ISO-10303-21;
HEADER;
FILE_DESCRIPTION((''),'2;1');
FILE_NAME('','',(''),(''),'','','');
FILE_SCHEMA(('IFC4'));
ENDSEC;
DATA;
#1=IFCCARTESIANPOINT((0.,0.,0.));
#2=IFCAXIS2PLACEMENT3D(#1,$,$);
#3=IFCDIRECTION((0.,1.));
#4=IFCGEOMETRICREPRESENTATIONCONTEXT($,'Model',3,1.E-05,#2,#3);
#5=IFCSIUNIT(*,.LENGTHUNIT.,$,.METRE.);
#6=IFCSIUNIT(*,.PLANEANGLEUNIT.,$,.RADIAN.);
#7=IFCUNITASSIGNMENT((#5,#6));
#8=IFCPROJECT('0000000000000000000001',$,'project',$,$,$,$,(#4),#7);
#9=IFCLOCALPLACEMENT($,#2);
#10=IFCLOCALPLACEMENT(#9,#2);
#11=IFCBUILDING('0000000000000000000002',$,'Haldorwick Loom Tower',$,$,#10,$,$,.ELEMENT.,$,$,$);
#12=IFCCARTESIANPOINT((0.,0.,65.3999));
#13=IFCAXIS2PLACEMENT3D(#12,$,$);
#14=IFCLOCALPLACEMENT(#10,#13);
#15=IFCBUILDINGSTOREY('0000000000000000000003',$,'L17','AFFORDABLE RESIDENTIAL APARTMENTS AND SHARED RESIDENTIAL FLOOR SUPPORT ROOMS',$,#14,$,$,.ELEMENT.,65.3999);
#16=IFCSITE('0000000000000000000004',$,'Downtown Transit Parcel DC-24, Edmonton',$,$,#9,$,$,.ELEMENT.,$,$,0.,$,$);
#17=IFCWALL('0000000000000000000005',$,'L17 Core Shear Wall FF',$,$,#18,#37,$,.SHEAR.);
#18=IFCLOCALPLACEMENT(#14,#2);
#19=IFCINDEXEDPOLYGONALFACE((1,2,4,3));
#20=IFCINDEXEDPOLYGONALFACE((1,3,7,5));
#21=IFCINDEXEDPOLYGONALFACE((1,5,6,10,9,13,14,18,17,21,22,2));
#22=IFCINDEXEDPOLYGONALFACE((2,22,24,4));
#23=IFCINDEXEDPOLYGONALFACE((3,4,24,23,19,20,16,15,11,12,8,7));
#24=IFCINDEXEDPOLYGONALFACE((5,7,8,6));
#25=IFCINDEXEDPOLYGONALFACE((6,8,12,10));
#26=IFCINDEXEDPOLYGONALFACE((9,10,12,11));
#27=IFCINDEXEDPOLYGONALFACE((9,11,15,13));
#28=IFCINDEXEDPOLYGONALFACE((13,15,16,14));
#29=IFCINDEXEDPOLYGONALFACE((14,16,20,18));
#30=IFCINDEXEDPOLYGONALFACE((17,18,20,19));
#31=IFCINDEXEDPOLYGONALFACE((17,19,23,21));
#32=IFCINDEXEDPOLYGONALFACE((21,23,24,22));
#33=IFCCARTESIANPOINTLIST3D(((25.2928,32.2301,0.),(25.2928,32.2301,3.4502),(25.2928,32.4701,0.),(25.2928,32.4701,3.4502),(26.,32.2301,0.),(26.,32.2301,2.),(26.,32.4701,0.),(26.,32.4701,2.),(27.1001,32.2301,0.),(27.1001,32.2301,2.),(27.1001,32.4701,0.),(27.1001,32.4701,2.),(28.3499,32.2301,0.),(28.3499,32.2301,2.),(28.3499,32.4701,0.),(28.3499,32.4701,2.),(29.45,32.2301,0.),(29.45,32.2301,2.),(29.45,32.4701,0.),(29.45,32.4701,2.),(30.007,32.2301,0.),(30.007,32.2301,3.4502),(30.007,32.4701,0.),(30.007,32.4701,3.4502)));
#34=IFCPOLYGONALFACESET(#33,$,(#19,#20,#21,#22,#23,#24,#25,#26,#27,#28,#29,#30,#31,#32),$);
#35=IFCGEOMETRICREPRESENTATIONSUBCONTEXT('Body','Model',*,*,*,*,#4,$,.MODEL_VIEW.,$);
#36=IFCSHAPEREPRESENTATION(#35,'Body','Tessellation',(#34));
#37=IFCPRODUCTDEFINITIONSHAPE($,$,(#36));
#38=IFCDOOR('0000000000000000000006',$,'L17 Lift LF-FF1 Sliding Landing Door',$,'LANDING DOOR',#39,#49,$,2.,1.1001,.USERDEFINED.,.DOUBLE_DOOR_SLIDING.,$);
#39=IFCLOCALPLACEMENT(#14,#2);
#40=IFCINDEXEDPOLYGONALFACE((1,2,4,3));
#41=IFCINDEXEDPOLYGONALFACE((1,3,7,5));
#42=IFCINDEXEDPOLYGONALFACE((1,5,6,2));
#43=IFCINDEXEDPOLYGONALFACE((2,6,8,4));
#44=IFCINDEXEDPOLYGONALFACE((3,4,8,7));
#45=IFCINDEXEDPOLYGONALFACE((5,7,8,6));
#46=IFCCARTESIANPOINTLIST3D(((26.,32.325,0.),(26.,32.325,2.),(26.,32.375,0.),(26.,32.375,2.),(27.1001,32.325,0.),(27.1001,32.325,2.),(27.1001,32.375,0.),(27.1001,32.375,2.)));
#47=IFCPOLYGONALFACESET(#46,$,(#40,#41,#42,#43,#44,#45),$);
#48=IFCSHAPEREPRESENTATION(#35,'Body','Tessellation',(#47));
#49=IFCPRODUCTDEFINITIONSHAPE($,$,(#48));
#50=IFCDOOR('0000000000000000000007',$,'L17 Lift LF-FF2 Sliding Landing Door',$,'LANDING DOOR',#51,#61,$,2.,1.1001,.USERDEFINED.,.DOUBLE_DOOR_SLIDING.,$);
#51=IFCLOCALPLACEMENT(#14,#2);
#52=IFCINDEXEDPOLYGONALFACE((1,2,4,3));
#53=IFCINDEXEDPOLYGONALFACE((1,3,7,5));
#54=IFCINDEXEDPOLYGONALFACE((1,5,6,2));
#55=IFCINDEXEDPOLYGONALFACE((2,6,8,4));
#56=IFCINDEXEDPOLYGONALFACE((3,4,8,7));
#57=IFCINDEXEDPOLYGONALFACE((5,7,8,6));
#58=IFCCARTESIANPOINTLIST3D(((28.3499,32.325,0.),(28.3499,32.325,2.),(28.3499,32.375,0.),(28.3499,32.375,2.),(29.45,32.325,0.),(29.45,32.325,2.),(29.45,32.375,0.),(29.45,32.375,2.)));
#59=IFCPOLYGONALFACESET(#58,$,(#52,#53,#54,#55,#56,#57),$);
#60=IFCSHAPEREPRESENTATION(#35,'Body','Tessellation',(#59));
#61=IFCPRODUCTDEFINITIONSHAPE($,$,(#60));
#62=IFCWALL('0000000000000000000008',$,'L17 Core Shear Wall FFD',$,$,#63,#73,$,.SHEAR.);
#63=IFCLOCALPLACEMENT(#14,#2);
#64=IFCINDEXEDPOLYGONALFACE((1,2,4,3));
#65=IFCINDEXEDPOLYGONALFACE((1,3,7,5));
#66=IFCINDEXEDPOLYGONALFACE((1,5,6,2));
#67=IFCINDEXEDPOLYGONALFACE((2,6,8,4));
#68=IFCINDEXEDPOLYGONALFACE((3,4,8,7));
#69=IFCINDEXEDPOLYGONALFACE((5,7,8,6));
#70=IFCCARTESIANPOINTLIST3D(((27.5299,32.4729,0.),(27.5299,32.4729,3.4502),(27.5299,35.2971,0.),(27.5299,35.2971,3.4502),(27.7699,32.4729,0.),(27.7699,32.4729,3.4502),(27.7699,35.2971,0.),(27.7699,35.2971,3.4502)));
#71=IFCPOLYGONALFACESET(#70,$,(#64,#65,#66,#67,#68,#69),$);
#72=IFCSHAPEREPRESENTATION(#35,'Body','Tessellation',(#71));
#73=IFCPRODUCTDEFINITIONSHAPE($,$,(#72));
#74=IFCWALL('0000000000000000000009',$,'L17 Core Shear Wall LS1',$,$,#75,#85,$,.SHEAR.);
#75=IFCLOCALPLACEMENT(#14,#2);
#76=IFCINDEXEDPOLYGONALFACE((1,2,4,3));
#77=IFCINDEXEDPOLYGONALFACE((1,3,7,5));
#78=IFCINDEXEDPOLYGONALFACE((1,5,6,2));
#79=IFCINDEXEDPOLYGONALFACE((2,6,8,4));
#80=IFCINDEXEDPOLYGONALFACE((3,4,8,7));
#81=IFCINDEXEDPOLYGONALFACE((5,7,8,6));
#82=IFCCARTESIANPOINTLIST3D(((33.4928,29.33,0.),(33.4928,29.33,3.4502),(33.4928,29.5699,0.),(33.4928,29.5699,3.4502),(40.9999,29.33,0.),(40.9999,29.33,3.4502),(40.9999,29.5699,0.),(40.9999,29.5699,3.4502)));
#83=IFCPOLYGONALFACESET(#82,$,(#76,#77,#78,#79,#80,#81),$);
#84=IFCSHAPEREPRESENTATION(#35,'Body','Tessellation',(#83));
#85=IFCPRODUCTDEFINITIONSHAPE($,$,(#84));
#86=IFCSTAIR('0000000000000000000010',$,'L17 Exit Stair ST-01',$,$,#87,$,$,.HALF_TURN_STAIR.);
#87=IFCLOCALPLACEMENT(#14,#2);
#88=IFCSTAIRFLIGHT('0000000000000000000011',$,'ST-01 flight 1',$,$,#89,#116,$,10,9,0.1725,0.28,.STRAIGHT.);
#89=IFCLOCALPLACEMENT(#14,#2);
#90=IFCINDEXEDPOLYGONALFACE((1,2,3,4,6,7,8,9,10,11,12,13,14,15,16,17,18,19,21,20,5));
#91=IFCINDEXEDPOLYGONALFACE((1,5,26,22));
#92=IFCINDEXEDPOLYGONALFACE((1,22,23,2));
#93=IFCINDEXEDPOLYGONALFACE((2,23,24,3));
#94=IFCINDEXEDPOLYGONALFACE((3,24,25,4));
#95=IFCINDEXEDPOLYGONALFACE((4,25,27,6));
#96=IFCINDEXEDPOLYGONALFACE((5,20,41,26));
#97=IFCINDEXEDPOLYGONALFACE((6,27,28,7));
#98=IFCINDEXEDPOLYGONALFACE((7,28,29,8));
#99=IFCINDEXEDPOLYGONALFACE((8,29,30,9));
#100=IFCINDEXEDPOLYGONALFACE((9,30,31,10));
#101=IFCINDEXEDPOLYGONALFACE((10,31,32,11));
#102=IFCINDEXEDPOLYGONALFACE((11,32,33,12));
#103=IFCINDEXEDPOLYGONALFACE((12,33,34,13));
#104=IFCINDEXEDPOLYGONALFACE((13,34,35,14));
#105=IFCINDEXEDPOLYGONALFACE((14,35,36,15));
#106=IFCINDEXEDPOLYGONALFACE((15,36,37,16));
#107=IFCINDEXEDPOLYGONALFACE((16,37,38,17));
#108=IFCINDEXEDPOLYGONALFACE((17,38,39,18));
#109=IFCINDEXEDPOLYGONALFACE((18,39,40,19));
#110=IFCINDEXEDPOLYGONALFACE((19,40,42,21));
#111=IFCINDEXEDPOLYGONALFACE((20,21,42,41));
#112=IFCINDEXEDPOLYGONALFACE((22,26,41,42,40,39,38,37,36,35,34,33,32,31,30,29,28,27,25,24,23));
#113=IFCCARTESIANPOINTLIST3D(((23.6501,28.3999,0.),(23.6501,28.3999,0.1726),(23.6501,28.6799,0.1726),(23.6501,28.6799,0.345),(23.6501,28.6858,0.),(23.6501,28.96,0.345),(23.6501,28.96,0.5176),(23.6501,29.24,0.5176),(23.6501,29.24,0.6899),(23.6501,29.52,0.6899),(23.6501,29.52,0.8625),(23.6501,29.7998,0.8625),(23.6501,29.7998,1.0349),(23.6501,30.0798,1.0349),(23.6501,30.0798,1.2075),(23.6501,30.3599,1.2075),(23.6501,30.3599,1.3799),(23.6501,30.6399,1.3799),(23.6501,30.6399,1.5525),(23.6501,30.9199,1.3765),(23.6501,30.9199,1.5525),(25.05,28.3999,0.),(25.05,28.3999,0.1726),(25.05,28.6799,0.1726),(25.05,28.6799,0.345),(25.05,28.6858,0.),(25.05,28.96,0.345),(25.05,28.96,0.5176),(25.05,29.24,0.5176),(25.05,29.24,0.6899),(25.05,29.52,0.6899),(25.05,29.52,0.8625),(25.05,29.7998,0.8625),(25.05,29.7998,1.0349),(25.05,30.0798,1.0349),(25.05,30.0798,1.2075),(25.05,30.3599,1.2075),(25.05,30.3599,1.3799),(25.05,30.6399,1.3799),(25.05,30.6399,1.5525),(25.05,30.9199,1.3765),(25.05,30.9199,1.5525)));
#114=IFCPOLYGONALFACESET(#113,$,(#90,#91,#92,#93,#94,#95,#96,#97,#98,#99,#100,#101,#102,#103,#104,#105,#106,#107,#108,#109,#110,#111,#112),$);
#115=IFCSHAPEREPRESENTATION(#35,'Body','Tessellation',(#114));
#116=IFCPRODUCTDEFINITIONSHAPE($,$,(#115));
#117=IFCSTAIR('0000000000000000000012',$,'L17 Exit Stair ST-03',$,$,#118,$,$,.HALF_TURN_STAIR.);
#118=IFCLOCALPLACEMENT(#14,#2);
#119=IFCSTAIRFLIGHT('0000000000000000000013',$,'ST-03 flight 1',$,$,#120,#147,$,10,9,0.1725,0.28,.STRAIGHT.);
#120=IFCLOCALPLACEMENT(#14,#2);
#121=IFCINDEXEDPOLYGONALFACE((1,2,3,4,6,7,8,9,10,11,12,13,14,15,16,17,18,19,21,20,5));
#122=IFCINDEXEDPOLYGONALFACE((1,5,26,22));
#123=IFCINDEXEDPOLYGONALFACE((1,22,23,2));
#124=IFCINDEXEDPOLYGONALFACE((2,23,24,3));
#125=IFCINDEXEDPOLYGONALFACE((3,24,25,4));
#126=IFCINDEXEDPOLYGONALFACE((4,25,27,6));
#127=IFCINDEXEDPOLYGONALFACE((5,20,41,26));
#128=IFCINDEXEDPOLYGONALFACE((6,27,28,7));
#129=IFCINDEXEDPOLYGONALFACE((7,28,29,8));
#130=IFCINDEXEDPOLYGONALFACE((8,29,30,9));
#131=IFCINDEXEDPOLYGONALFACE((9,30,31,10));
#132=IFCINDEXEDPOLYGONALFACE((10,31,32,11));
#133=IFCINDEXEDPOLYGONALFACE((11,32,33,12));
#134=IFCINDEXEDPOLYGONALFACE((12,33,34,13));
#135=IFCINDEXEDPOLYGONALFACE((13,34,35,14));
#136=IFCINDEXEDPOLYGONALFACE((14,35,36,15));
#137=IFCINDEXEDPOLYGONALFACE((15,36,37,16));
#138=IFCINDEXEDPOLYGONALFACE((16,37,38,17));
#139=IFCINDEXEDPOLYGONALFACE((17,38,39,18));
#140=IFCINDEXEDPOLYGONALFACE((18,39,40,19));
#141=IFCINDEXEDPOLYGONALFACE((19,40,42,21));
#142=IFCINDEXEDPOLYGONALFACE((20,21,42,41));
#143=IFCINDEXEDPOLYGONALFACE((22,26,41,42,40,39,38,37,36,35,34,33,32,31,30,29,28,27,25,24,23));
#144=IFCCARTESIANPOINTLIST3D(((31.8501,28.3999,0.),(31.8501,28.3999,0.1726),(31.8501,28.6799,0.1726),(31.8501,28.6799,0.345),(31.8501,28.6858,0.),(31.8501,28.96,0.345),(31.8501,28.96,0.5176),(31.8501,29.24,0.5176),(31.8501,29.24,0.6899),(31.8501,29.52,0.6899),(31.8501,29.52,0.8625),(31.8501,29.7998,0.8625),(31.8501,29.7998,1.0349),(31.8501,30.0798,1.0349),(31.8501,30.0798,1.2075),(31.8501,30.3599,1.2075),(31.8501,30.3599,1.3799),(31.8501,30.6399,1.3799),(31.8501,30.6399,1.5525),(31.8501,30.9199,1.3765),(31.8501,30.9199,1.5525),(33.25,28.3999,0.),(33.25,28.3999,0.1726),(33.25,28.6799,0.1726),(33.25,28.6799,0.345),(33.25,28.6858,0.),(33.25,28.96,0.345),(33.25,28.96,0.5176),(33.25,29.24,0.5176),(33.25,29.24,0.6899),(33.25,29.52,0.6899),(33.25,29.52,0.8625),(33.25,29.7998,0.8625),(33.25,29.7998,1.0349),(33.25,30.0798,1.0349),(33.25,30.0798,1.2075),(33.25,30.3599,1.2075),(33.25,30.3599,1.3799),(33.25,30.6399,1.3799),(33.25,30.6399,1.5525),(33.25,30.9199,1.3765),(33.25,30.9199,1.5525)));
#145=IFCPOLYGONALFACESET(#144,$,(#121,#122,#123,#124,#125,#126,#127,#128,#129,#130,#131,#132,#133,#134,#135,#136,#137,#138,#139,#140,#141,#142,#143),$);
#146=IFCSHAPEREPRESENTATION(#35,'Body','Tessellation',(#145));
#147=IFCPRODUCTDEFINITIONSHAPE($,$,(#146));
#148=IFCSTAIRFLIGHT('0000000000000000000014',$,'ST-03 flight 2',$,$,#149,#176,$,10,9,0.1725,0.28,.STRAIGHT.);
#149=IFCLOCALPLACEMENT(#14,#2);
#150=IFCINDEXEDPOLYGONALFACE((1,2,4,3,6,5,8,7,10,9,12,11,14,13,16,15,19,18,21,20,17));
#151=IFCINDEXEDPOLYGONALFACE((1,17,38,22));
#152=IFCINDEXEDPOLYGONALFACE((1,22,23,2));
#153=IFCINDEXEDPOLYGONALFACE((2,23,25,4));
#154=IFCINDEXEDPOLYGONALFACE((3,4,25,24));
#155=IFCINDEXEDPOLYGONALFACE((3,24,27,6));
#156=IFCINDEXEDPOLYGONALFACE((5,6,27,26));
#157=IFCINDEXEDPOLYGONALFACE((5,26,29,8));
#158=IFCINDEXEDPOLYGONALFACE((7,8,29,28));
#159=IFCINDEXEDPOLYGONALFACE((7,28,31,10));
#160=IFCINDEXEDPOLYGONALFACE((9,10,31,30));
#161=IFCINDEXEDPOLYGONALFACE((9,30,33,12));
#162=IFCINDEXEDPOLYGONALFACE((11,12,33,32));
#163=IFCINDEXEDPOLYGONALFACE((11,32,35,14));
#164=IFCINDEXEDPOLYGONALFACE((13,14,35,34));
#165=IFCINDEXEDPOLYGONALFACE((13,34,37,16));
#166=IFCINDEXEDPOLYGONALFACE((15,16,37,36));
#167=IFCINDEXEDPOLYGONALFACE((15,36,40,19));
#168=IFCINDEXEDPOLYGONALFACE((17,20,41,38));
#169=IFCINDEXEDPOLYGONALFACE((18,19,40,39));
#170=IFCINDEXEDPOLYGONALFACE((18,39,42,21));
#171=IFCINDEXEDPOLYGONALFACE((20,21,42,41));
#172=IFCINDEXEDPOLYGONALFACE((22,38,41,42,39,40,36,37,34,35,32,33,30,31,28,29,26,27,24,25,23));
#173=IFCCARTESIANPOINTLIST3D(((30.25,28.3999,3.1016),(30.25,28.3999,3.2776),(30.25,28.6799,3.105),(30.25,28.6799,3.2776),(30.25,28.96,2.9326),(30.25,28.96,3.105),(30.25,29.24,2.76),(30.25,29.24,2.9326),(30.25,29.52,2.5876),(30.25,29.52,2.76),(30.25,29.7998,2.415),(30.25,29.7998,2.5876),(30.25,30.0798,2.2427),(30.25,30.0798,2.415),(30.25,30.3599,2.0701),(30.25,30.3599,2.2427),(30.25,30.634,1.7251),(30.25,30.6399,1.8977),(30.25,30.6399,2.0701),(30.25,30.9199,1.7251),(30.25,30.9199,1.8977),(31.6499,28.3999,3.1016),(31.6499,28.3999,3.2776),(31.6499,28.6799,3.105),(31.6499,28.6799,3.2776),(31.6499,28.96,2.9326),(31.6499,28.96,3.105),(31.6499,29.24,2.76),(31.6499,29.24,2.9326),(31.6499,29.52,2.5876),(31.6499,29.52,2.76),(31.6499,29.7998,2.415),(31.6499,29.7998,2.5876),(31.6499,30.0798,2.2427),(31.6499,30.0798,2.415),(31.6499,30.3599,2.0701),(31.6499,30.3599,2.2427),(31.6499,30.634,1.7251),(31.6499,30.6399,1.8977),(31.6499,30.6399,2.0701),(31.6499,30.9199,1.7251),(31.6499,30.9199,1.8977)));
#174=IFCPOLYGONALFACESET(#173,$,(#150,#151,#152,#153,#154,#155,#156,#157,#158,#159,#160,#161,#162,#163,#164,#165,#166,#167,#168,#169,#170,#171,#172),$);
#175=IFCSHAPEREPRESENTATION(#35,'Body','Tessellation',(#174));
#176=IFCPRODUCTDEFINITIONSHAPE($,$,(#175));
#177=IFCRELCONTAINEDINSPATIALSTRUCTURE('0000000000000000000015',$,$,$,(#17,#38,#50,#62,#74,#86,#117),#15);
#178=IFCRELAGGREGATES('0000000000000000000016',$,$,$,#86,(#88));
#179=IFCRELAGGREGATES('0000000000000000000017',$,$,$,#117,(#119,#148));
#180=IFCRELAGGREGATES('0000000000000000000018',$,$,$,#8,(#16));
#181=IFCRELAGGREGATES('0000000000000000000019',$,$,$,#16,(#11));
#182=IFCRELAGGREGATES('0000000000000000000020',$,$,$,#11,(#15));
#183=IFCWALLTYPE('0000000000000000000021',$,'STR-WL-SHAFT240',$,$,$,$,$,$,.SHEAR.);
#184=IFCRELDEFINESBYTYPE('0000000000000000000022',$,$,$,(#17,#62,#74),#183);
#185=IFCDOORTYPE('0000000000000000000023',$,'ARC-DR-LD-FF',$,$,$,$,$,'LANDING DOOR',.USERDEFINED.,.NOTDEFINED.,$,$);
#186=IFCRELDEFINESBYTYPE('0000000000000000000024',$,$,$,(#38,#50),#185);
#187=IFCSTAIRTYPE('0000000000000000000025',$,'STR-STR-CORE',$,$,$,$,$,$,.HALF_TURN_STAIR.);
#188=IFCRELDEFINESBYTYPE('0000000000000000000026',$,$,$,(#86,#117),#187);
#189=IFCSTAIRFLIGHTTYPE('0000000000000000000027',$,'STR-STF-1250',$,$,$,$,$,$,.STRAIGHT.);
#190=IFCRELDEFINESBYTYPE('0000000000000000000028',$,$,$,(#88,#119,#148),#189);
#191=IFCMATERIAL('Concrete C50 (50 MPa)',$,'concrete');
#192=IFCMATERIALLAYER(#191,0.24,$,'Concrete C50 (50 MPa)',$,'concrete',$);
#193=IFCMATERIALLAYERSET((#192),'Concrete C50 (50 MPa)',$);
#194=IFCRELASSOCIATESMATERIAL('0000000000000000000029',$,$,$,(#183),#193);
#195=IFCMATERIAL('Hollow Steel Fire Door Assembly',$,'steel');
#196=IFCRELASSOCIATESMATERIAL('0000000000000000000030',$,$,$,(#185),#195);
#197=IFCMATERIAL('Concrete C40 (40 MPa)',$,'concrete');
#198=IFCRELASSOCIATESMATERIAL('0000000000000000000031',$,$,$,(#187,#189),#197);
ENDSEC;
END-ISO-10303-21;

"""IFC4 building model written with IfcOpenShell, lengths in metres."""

from ifc_helpers import new_model, si_unit, direction, frame, frame_2d, origin, place, context, subcontext, project, spatial, polyline, rectangle, outline, extrude, material, layer, layer_set, type_object, element, fill, aggregate, save


model = new_model("IFC4")

# Units and contexts
model_context = context("Model", 3, precision=1e-05, world=origin(), true_north=direction((0.0, 1.0)))
body_context = subcontext(model_context, "Body", "Model", "MODEL_VIEW")
ifc_project = project(units=[si_unit("LENGTHUNIT", "METRE"), si_unit("PLANEANGLEUNIT", "RADIAN")], contexts=[model_context])

# Site, building, storey
site_placement = place(None, origin())
site = spatial("IfcSite", under=ifc_project, at=site_placement, Name="Downtown Transit Parcel DC-24, Edmonton", CompositionType="ELEMENT", RefElevation=0.0)
building_placement = place(site_placement, origin())
building = spatial("IfcBuilding", under=site, at=building_placement, Name="Haldorwick Loom Tower", CompositionType="ELEMENT")
storey_placement = place(building_placement, frame((0.0, 0.0, 65.3999)))
storey = spatial("IfcBuildingStorey", under=building, at=storey_placement, Name="L17", Description="AFFORDABLE RESIDENTIAL APARTMENTS AND SHARED RESIDENTIAL FLOOR SUPPORT ROOMS", CompositionType="ELEMENT", Elevation=65.3999)

# Shared definitions
ifc_material_1 = material(Name="Concrete C50 (50 MPa)", Category="concrete")
ifc_layer = layer(ifc_material_1, 0.24, Name="Concrete C50 (50 MPa)", Category="concrete")
ifc_layer_set = layer_set([ifc_layer], Name="Concrete C50 (50 MPa)")
wall_type = type_object("IfcWallType", Name="STR-WL-SHAFT240", PredefinedType="SHEAR", material=ifc_layer_set)

# Wall, openings, doors
wall_1_placement = place(storey_placement, frame((25.293, 32.3501, 0.0), z_axis=(0.0, 0.0, 1.0), x_axis=(1.0, 0.0, 0.0)))
wall_1 = element("IfcWall", 1, at=wall_1_placement, inside=storey, type_object=wall_type, Name="L17 Core Shear Wall FF", PredefinedType="SHEAR", context=body_context, shape_type="SweptSolid", body=[
    extrude(rectangle(XDim=4.7141, YDim=0.24, at=frame_2d((2.3569, 0.0))), origin(), (0.0, 0.0, 1.0), 3.4502),
])
opening_1_placement = place(wall_1_placement, frame((0.707, 0.0, 0.0)))
opening_1 = element("IfcOpeningElement", 2, at=opening_1_placement, cuts=wall_1, PredefinedType="OPENING", context=body_context, shape_type="SweptSolid", body=[
    extrude(rectangle(XDim=1.1001, YDim=2.0, at=frame_2d((0.55, 1.0))), frame((0.0, 0.1299, 0.0), z_axis=(0.0, -1.0, 0.0), x_axis=(1.0, 0.0, 0.0)), (0.0, 0.0, 1.0), 0.26),
])
opening_2_placement = place(wall_1_placement, frame((3.0569, 0.0, 0.0)))
opening_2 = element("IfcOpeningElement", 3, at=opening_2_placement, cuts=wall_1, PredefinedType="OPENING", context=body_context, shape_type="SweptSolid", body=[
    extrude(rectangle(XDim=1.1001, YDim=2.0, at=frame_2d((0.55, 1.0))), frame((0.0, 0.1299, 0.0), z_axis=(0.0, -1.0, 0.0), x_axis=(1.0, 0.0, 0.0)), (0.0, 0.0, 1.0), 0.26),
])
ifc_material_2 = material(Name="Hollow Steel Fire Door Assembly", Category="steel")
door_type = type_object("IfcDoorType", Name="ARC-DR-LD-FF", ElementType="LANDING DOOR", OperationType="NOTDEFINED", PredefinedType="USERDEFINED", material=ifc_material_2)
door_1_placement = place(opening_1_placement, origin())
door_1 = element("IfcDoor", 4, at=door_1_placement, inside=storey, type_object=door_type, Name="L17 Lift LF-FF1 Sliding Landing Door", ObjectType="LANDING DOOR", OperationType="DOUBLE_DOOR_SLIDING", OverallHeight=2.0, OverallWidth=1.1001, PredefinedType="USERDEFINED", context=body_context, shape_type="SweptSolid", body=[
    extrude(rectangle(XDim=1.1001, YDim=2.0, at=frame_2d((0.55, 1.0))), frame((0.0, 0.0249, 0.0), z_axis=(0.0, -1.0, 0.0), x_axis=(1.0, 0.0, 0.0)), (0.0, 0.0, 1.0), 0.05),
])
fill(opening_1, door_1)
door_2_placement = place(opening_2_placement, origin())
door_2 = element("IfcDoor", 5, at=door_2_placement, inside=storey, type_object=door_type, Name="L17 Lift LF-FF2 Sliding Landing Door", ObjectType="LANDING DOOR", OperationType="DOUBLE_DOOR_SLIDING", OverallHeight=2.0, OverallWidth=1.1001, PredefinedType="USERDEFINED", context=body_context, shape_type="SweptSolid", body=[
    extrude(rectangle(XDim=1.1001, YDim=2.0, at=frame_2d((0.55, 1.0))), frame((0.0, 0.0249, 0.0), z_axis=(0.0, -1.0, 0.0), x_axis=(1.0, 0.0, 0.0)), (0.0, 0.0, 1.0), 0.05),
])
fill(opening_2, door_2)

# Walls
wall_2_placement = place(storey_placement, frame((27.6499, 32.4729, 0.0), z_axis=(0.0, 0.0, 1.0), x_axis=(0.0, 1.0, 0.0)))
element("IfcWall", 6, at=wall_2_placement, inside=storey, type_object=wall_type, Name="L17 Core Shear Wall FFD", PredefinedType="SHEAR", context=body_context, shape_type="SweptSolid", body=[
    extrude(rectangle(XDim=2.8242, YDim=0.24, at=frame_2d((1.4121, 0.0))), origin(), (0.0, 0.0, 1.0), 3.4502),
])
wall_3_placement = place(storey_placement, frame((33.4929, 29.45, 0.0), z_axis=(0.0, 0.0, 1.0), x_axis=(1.0, 0.0, 0.0)))
element("IfcWall", 7, at=wall_3_placement, inside=storey, type_object=wall_type, Name="L17 Core Shear Wall LS1", PredefinedType="SHEAR", context=body_context, shape_type="SweptSolid", body=[
    extrude(rectangle(XDim=7.5071, YDim=0.24, at=frame_2d((3.7534, 0.0))), origin(), (0.0, 0.0, 1.0), 3.4502),
])

# Stair, stair flight
ifc_material_3 = material(Name="Concrete C40 (40 MPa)", Category="concrete")
stair_type = type_object("IfcStairType", Name="STR-STR-CORE", PredefinedType="HALF_TURN_STAIR", material=ifc_material_3)
stair_1_placement = place(storey_placement, origin())
stair_1 = element("IfcStair", 8, at=stair_1_placement, inside=storey, type_object=stair_type, Name="L17 Exit Stair ST-01", PredefinedType="HALF_TURN_STAIR")
stair_flight_type = type_object("IfcStairFlightType", Name="STR-STF-1250", PredefinedType="STRAIGHT", material=ifc_material_3)
stair_flight_1_placement = place(storey_placement, frame((24.3501, 28.3999, 0.0), z_axis=(0.0, 0.0, 1.0), x_axis=(0.0, 1.0, 0.0)))
stair_flight_1 = element("IfcStairFlight", 9, at=stair_flight_1_placement, type_object=stair_flight_type, Name="ST-01 flight 1", NumberOfRisers=10, NumberOfTreads=9, PredefinedType="STRAIGHT", RiserHeight=0.1725, TreadLength=0.28, context=body_context, shape_type="SweptSolid", body=[
    extrude(outline(polyline([(0.0, 0.0), (0.0, 0.1726), (0.28, 0.1726), (0.28, 0.345), (0.5601, 0.345), (0.5601, 0.5176), (0.8401, 0.5176), (0.8401, 0.6899), (1.1201, 0.6899), (1.1201, 0.8625), (1.3999, 0.8625), (1.3999, 1.0349), (1.6799, 1.0349), (1.6799, 1.2075), (1.96, 1.2075), (1.96, 1.3799), (2.24, 1.3799), (2.24, 1.5525), (2.52, 1.5525), (2.52, 1.7251), (2.52, 1.3765), (0.2859, 0.0), (0.0, 0.0)])), frame((0.0, 0.7, 0.0), z_axis=(0.0, -1.0, 0.0), x_axis=(1.0, 0.0, 0.0)), (0.0, 0.0, 1.0), 1.3999),
])
aggregate(stair_1, [stair_flight_1])

# Stair, stair flights
stair_2_placement = place(storey_placement, origin())
stair_2 = element("IfcStair", 10, at=stair_2_placement, inside=storey, type_object=stair_type, Name="L17 Exit Stair ST-03", PredefinedType="HALF_TURN_STAIR")
stair_flight_2_placement = place(storey_placement, frame((32.55, 28.3999, 0.0), z_axis=(0.0, 0.0, 1.0), x_axis=(0.0, 1.0, 0.0)))
stair_flight_2 = element("IfcStairFlight", 11, at=stair_flight_2_placement, type_object=stair_flight_type, Name="ST-03 flight 1", NumberOfRisers=10, NumberOfTreads=9, PredefinedType="STRAIGHT", RiserHeight=0.1725, TreadLength=0.28, context=body_context, shape_type="SweptSolid", body=[
    extrude(outline(polyline([(0.0, 0.0), (0.0, 0.1726), (0.28, 0.1726), (0.28, 0.345), (0.5601, 0.345), (0.5601, 0.5176), (0.8401, 0.5176), (0.8401, 0.6899), (1.1201, 0.6899), (1.1201, 0.8625), (1.3999, 0.8625), (1.3999, 1.0349), (1.6799, 1.0349), (1.6799, 1.2075), (1.96, 1.2075), (1.96, 1.3799), (2.24, 1.3799), (2.24, 1.5525), (2.52, 1.5525), (2.52, 1.7251), (2.52, 1.3765), (0.2859, 0.0), (0.0, 0.0)])), frame((0.0, 0.7, 0.0), z_axis=(0.0, -1.0, 0.0), x_axis=(1.0, 0.0, 0.0)), (0.0, 0.0, 1.0), 1.3999),
])
stair_flight_3_placement = place(storey_placement, frame((30.95, 30.9199, 1.7251), z_axis=(0.0, 0.0, 1.0), x_axis=(0.0, -1.0, 0.0)))
stair_flight_3 = element("IfcStairFlight", 12, at=stair_flight_3_placement, type_object=stair_flight_type, Name="ST-03 flight 2", NumberOfRisers=10, NumberOfTreads=9, PredefinedType="STRAIGHT", RiserHeight=0.1725, TreadLength=0.28, context=body_context, shape_type="SweptSolid", body=[
    extrude(outline(polyline([(0.0, 0.0), (0.0, 0.1726), (0.28, 0.1726), (0.28, 0.345), (0.5601, 0.345), (0.5601, 0.5176), (0.8401, 0.5176), (0.8401, 0.6899), (1.1201, 0.6899), (1.1201, 0.8625), (1.3999, 0.8625), (1.3999, 1.0349), (1.6799, 1.0349), (1.6799, 1.2075), (1.96, 1.2075), (1.96, 1.3799), (2.24, 1.3799), (2.24, 1.5525), (2.52, 1.5525), (2.52, 1.7251), (2.52, 1.3765), (0.2859, 0.0), (0.0, 0.0)])), frame((0.0, 0.7, 0.0), z_axis=(0.0, -1.0, 0.0), x_axis=(1.0, 0.0, 0.0)), (0.0, 0.0, 1.0), 1.3999),
])
aggregate(stair_2, [stair_flight_2, stair_flight_3])

save(model, "model.ifc")
